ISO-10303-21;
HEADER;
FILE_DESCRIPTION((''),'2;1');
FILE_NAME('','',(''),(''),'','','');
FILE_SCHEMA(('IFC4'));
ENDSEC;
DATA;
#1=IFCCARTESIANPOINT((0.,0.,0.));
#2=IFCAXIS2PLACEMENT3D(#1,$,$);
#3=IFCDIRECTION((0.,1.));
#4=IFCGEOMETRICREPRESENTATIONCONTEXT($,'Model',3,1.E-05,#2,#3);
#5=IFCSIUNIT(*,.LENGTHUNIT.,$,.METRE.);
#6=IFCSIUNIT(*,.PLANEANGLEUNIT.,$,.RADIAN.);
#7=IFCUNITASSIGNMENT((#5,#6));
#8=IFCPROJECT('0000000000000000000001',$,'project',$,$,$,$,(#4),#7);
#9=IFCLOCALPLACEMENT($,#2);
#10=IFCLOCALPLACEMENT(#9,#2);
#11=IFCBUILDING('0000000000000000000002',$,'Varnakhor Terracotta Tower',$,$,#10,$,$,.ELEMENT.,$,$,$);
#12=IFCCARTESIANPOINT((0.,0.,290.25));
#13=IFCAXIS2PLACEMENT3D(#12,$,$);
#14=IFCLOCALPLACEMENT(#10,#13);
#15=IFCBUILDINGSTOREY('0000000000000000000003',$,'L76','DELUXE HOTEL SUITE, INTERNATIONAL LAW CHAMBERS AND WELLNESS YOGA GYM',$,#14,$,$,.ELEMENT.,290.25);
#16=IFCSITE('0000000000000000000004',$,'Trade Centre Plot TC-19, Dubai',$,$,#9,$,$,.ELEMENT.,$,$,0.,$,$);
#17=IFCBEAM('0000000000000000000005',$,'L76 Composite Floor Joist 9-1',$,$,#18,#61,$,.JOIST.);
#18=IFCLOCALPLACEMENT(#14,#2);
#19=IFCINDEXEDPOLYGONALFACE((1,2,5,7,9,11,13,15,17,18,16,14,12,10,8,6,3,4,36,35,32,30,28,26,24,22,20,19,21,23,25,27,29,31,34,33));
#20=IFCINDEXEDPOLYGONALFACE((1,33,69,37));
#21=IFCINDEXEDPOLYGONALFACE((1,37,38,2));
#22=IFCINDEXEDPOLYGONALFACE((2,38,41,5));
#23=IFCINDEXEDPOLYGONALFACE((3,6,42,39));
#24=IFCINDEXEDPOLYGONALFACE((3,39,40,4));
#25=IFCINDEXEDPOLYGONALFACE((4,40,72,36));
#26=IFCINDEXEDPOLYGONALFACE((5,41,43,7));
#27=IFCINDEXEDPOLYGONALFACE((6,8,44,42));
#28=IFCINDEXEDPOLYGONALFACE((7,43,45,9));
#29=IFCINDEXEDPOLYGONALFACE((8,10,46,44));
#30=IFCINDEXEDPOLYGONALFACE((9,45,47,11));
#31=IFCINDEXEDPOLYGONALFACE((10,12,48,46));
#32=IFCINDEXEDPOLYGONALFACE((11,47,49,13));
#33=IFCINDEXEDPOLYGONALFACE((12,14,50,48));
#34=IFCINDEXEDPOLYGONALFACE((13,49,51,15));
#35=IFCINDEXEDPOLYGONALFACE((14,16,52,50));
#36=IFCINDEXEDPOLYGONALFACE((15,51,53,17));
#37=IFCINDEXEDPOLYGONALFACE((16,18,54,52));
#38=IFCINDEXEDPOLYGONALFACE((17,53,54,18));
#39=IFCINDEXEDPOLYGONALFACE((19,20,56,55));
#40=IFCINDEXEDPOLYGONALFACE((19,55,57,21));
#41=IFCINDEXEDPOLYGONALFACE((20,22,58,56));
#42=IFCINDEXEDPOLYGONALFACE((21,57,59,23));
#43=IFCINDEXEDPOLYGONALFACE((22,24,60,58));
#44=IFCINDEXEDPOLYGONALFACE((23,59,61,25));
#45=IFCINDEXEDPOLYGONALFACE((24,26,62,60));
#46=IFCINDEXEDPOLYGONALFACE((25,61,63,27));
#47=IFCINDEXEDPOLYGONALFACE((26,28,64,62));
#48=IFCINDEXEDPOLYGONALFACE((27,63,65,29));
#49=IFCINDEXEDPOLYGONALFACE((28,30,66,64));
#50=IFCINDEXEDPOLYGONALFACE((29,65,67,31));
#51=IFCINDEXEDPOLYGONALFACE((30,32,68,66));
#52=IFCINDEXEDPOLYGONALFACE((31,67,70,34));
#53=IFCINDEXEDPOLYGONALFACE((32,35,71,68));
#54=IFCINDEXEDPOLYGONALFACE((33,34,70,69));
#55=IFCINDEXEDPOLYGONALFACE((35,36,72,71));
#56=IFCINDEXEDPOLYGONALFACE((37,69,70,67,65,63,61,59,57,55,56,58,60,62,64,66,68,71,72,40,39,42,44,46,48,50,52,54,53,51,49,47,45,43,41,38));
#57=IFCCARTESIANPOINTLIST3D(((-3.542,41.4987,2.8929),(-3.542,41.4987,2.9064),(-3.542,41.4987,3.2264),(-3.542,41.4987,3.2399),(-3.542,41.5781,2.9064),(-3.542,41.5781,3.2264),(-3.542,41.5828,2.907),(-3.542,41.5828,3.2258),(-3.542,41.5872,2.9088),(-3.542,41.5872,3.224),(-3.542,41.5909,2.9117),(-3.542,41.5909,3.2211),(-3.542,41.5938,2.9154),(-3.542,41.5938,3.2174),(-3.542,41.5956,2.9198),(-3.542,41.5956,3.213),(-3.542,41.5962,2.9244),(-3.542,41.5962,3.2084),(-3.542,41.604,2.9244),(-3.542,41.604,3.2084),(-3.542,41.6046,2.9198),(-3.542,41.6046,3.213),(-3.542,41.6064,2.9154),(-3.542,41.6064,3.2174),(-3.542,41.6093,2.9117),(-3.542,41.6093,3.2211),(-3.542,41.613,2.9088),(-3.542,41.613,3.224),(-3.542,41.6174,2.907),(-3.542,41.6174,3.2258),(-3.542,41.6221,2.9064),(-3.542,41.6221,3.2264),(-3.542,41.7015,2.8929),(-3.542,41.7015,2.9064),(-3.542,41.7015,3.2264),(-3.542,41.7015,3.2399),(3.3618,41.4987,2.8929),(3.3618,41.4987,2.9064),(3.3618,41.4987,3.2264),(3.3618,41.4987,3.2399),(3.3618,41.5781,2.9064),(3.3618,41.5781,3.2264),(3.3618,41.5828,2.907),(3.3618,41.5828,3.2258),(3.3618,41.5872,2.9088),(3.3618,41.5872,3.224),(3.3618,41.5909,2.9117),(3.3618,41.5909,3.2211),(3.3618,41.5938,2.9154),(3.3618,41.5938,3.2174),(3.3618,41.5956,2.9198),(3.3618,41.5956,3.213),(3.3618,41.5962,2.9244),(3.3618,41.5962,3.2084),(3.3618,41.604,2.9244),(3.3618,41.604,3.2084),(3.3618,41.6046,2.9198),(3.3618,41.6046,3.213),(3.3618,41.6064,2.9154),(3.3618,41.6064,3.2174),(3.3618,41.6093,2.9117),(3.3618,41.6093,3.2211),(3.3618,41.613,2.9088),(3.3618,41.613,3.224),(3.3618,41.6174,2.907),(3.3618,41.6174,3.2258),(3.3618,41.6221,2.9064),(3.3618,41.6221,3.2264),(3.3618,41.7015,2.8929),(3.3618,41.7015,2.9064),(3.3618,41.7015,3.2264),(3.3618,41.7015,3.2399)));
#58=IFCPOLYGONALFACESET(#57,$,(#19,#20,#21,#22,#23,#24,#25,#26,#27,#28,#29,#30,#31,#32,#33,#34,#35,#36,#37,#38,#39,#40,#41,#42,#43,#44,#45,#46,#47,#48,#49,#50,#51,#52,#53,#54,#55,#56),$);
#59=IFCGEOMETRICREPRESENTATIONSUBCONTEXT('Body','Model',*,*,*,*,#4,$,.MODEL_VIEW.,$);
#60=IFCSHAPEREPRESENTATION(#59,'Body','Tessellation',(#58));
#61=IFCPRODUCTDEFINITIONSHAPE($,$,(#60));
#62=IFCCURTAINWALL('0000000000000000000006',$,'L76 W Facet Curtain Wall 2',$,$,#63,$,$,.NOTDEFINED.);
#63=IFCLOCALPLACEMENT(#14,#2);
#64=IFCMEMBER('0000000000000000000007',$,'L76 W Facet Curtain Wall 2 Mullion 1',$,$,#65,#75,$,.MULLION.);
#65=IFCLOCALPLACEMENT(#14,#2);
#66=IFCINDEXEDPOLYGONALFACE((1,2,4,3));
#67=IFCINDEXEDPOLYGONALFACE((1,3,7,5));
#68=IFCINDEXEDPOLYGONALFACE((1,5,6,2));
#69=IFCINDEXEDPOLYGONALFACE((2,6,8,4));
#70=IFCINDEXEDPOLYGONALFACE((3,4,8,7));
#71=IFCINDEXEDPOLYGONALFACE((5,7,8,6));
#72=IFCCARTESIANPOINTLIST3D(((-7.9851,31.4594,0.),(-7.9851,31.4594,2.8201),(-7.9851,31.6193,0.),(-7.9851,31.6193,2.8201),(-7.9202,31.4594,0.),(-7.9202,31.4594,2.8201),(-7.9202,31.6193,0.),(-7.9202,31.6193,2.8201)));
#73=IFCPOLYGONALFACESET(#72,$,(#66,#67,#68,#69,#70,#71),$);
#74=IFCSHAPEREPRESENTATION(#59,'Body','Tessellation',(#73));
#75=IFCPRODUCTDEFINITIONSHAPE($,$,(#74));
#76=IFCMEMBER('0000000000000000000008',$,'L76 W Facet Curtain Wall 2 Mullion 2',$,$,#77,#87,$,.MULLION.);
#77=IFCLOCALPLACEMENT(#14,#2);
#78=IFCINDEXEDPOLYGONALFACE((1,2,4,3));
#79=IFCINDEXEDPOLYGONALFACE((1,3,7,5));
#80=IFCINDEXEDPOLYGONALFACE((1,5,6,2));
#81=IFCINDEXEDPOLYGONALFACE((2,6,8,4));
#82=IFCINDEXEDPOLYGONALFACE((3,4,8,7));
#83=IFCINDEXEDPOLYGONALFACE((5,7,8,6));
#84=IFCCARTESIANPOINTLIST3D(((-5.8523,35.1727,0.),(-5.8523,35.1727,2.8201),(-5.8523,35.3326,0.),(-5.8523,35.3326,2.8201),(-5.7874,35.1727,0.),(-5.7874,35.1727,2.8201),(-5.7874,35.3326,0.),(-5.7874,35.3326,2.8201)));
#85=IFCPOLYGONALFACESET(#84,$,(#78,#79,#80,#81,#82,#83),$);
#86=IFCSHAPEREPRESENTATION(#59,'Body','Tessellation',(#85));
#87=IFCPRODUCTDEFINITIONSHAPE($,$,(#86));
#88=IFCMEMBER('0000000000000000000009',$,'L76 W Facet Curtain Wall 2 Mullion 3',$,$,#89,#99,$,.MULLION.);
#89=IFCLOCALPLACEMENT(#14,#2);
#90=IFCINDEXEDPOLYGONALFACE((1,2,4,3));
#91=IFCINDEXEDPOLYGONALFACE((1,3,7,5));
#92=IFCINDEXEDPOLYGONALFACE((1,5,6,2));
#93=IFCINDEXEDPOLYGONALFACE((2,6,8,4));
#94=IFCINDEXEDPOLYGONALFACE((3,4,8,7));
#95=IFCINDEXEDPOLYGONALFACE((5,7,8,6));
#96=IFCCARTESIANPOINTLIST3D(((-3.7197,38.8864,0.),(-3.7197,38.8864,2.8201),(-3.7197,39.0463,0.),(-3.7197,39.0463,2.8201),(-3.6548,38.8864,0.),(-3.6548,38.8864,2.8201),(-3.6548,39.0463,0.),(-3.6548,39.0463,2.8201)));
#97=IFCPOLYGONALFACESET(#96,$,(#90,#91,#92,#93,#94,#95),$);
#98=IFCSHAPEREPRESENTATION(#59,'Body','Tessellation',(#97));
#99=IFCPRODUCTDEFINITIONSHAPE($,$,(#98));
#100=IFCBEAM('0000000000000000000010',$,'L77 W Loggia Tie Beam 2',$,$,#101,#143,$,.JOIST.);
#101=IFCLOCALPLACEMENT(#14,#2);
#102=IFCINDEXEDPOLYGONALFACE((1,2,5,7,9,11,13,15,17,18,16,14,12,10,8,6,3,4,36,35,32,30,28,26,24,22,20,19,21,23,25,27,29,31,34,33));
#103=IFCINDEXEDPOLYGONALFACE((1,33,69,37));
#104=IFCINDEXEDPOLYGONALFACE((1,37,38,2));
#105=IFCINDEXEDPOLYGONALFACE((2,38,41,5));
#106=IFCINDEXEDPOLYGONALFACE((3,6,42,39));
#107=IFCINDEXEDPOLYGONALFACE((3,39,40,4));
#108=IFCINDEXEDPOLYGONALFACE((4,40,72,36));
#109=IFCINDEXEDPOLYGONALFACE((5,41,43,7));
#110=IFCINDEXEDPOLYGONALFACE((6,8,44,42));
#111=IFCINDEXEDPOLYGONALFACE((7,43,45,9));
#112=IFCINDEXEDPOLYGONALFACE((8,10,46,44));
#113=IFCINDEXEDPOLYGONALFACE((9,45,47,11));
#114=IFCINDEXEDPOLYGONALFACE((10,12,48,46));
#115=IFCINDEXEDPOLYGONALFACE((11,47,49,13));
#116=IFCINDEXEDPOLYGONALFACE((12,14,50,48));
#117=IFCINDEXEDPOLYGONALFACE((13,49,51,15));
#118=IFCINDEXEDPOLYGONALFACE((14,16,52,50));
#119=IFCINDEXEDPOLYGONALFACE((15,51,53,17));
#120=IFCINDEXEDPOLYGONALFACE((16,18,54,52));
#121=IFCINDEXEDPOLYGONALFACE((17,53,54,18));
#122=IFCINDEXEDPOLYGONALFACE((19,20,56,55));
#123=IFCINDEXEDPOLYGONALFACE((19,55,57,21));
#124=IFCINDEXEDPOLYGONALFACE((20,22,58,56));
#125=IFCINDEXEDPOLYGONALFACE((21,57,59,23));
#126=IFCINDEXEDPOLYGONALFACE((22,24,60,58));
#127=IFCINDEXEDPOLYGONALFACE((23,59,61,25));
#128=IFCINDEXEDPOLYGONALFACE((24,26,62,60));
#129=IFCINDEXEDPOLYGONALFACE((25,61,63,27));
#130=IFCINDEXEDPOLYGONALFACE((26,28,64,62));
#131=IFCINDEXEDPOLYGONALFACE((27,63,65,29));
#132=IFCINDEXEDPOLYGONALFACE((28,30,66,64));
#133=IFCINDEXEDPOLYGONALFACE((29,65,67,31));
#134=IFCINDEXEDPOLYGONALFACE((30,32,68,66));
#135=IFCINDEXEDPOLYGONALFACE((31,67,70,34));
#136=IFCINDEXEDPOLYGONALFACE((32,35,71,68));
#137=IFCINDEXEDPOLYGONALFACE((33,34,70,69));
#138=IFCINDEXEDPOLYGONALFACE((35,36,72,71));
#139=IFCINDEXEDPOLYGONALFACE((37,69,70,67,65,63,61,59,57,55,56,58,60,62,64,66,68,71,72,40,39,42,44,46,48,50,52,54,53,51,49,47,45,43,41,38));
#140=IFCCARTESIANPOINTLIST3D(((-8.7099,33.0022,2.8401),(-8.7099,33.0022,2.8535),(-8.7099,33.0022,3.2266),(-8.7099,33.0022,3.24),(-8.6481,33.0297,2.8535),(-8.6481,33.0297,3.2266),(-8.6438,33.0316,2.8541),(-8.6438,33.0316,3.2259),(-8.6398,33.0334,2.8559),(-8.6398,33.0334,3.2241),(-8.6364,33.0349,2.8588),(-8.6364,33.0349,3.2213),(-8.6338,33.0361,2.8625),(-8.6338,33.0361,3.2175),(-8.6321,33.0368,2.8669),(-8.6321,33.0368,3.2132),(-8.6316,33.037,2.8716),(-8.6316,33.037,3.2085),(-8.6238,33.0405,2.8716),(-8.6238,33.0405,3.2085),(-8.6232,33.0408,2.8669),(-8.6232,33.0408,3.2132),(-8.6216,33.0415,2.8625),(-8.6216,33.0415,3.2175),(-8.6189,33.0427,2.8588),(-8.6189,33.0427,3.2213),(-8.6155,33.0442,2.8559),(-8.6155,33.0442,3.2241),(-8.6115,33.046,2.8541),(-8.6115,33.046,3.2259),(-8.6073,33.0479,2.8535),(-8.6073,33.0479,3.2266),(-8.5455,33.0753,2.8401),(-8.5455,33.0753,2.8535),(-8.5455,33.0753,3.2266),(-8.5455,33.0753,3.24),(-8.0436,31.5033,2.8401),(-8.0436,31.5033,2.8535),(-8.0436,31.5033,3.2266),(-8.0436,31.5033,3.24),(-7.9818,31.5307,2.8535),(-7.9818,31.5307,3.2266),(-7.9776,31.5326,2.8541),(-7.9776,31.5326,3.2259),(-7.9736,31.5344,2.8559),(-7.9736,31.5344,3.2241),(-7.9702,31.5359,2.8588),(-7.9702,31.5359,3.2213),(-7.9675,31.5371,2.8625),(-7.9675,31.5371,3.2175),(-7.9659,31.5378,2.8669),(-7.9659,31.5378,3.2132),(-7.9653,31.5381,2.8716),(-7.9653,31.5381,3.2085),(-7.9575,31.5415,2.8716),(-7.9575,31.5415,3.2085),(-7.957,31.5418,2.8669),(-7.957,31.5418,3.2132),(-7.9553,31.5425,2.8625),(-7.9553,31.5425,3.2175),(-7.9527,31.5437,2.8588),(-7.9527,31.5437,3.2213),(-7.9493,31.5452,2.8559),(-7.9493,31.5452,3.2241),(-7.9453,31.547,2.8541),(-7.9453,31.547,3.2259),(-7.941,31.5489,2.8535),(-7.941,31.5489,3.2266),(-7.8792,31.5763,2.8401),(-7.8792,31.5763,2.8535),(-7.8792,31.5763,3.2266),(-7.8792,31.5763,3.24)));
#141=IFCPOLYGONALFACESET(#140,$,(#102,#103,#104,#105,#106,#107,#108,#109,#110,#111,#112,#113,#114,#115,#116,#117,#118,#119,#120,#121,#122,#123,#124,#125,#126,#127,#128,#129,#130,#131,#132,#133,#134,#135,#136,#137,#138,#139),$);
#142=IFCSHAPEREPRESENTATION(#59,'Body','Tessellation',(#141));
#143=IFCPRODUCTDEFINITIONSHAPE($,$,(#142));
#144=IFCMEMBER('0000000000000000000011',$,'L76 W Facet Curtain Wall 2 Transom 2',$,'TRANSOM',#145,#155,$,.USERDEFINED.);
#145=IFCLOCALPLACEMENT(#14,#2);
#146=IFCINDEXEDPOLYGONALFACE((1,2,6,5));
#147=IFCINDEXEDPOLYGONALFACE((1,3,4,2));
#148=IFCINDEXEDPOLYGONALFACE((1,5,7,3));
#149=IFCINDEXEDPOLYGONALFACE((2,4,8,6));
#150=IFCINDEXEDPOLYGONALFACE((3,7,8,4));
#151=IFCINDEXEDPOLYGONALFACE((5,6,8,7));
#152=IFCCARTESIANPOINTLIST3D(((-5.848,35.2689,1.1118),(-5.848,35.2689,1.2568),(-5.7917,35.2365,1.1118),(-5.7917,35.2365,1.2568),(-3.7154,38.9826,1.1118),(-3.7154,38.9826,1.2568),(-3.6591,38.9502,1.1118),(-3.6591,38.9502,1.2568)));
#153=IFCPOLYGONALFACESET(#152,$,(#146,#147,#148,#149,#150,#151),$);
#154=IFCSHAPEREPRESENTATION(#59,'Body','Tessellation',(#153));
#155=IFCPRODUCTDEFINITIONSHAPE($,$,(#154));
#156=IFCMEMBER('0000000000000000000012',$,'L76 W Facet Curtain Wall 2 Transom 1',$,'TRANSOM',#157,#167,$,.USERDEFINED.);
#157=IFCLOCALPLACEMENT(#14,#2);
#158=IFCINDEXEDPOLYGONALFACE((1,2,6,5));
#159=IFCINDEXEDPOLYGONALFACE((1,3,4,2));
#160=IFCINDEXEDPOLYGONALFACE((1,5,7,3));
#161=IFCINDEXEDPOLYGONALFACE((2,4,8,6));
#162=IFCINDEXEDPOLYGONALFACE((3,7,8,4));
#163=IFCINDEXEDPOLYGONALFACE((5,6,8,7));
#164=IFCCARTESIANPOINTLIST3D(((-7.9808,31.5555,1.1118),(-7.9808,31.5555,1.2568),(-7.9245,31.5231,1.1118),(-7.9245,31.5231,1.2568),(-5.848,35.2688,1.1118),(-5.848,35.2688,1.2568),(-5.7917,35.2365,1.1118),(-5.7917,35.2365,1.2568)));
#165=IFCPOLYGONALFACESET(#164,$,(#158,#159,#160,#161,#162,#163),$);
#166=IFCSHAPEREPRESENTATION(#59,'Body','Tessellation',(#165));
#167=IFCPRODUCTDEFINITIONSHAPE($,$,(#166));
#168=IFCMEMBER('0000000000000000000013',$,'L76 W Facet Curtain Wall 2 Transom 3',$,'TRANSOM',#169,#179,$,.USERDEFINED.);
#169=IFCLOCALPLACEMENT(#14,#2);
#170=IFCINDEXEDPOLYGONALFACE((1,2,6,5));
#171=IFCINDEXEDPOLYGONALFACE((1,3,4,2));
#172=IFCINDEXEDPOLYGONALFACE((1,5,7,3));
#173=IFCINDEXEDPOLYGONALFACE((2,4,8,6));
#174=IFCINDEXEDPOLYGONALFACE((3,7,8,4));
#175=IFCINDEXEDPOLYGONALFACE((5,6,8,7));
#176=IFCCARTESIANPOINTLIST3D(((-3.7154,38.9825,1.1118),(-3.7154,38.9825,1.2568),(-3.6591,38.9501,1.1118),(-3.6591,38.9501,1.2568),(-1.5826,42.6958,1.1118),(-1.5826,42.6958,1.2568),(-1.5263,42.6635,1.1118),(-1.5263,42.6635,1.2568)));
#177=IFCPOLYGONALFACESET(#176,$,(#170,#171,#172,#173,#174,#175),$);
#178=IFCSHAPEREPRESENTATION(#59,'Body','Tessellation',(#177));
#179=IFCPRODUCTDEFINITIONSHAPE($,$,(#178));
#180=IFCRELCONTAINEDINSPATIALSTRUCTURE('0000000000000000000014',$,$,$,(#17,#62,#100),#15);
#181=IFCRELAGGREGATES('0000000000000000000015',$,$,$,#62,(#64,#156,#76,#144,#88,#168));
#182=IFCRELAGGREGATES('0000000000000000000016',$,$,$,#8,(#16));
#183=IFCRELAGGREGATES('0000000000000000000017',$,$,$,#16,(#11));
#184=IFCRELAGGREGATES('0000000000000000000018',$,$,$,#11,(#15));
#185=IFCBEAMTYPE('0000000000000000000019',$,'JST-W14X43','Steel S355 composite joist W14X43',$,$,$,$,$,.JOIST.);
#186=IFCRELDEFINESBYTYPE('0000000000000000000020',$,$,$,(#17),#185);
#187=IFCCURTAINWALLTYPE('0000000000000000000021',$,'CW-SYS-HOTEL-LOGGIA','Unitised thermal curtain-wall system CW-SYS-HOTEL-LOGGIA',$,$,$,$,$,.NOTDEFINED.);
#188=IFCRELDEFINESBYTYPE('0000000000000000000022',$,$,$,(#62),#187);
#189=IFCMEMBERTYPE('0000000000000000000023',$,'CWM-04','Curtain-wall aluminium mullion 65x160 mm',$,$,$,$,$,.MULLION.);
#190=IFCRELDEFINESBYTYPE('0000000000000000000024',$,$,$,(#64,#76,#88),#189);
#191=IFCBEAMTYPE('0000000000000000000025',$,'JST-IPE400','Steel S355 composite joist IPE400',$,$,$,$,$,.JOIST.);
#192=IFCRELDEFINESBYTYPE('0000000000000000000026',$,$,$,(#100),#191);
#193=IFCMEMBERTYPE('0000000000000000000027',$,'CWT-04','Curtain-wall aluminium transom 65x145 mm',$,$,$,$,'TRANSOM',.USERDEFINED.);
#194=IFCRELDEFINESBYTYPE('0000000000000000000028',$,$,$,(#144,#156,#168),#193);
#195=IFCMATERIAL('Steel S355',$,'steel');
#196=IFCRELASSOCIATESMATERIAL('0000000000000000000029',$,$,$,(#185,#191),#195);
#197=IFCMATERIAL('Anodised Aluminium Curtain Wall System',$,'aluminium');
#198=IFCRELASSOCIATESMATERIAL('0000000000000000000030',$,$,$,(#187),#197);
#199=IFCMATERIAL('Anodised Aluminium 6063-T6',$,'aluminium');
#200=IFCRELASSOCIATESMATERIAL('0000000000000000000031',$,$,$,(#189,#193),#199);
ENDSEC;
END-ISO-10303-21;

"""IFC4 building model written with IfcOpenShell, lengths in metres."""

from ifc_helpers import new_model, si_unit, direction, frame, origin, origin_2d, place, context, subcontext, project, spatial, rectangle, i_section, extrude, source, transform, mapped, material, material_profile, profile_set, type_object, type_shapes, element, aggregate, save


model = new_model("IFC4")

# Units and contexts
model_context = context("Model", 3, precision=1e-05, world=origin(), true_north=direction((0.0, 1.0)))
body_context = subcontext(model_context, "Body", "Model", "MODEL_VIEW")
ifc_project = project(units=[si_unit("LENGTHUNIT", "METRE"), si_unit("PLANEANGLEUNIT", "RADIAN")], contexts=[model_context])

# Site, building, storey
site_placement = place(None, origin())
site = spatial("IfcSite", under=ifc_project, at=site_placement, Name="Trade Centre Plot TC-19, Dubai", CompositionType="ELEMENT", RefElevation=0.0)
building_placement = place(site_placement, origin())
building = spatial("IfcBuilding", under=site, at=building_placement, Name="Varnakhor Terracotta Tower", CompositionType="ELEMENT")
storey_placement = place(building_placement, frame((0.0, 0.0, 290.25)))
storey = spatial("IfcBuildingStorey", under=building, at=storey_placement, Name="L76", Description="DELUXE HOTEL SUITE, INTERNATIONAL LAW CHAMBERS AND WELLNESS YOGA GYM", CompositionType="ELEMENT", Elevation=290.25)

# Beam
ifc_material_1 = material(Name="Steel S355", Category="steel")
ifc_material_profile_1 = material_profile(ifc_material_1, i_section(OverallWidth=0.2029, OverallDepth=0.3469, WebThickness=0.0078, FlangeThickness=0.0134, FilletRadius=0.0181, at=origin_2d()), Name="W14X43")
ifc_profile_set_1 = profile_set([ifc_material_profile_1], Name="Steel S355")
beam_type_1 = type_object("IfcBeamType", Name="JST-W14X43", Description="Steel S355 composite joist W14X43", PredefinedType="JOIST", material=ifc_profile_set_1)
ifc_material_profile_2 = material_profile(ifc_material_1, i_section(OverallWidth=0.1799, OverallDepth=0.3999, WebThickness=0.0085, FlangeThickness=0.0134, FilletRadius=0.0181, at=origin_2d()), Name="IPE400")
ifc_profile_set_2 = profile_set([ifc_material_profile_2], Name="Steel S355")
beam_type_2 = type_object("IfcBeamType", Name="JST-IPE400", Description="Steel S355 composite joist IPE400", PredefinedType="JOIST", material=ifc_profile_set_2)
shared_shape_1 = source(origin(), body_context, "Body", "SweptSolid", [
    extrude(i_section(OverallWidth=0.2029, OverallDepth=0.3469, WebThickness=0.0078, FlangeThickness=0.0134, FilletRadius=0.0181, at=origin_2d()), origin(), (0.0, 0.0, 1.0), 6.9038),
])
beam_1_placement = place(storey_placement, frame((-3.542, 41.6001, 3.0664), z_axis=(1.0, 0.0, 0.0), x_axis=(0.0, 1.0, 0.0)))
element("IfcBeam", 1, at=beam_1_placement, inside=storey, type_object=beam_type_1, Name="L76 Composite Floor Joist 9-1", PredefinedType="JOIST", context=body_context, shape_type="MappedRepresentation", body=[
    mapped(shared_shape_1, transform((0.0, 0.0, 0.0), scale=1.0)),
])

# Curtain wall, members
ifc_material_2 = material(Name="Anodised Aluminium Curtain Wall System", Category="aluminium")
curtain_wall_type = type_object("IfcCurtainWallType", Name="CW-SYS-HOTEL-LOGGIA", Description="Unitised thermal curtain-wall system CW-SYS-HOTEL-LOGGIA", PredefinedType="NOTDEFINED", material=ifc_material_2)
curtain_wall_placement = place(storey_placement, origin())
curtain_wall = element("IfcCurtainWall", 2, at=curtain_wall_placement, inside=storey, type_object=curtain_wall_type, Name="L76 W Facet Curtain Wall 2", PredefinedType="NOTDEFINED")
ifc_material_3 = material(Name="Anodised Aluminium 6063-T6", Category="aluminium")
ifc_material_profile_3 = material_profile(ifc_material_3, rectangle(XDim=0.0649, YDim=0.1599, at=origin_2d()), Name="ALU MULLION 65x160")
ifc_profile_set_3 = profile_set([ifc_material_profile_3], Name="Anodised Aluminium 6063-T6")
member_type_1 = type_object("IfcMemberType", Name="CWM-04", Description="Curtain-wall aluminium mullion 65x160 mm", PredefinedType="MULLION", material=ifc_profile_set_3)
shared_shape_2 = source(origin(), body_context, "Body", "SweptSolid", [
    extrude(rectangle(XDim=0.0649, YDim=0.1599, at=origin_2d()), origin(), (0.0, 0.0, 1.0), 2.8201),
])
type_shapes(member_type_1, [shared_shape_2])
member_1_placement = place(storey_placement, frame((-7.9526, 31.5393, 0.0), z_axis=(0.0, 0.0, 1.0), x_axis=(1.0, 0.0, 0.0)))
member_1 = element("IfcMember", 3, at=member_1_placement, type_object=member_type_1, Name="L76 W Facet Curtain Wall 2 Mullion 1", PredefinedType="MULLION", context=body_context, shape_type="MappedRepresentation", body=[
    mapped(shared_shape_2, transform((0.0, 0.0, 0.0), scale=1.0)),
])
member_2_placement = place(storey_placement, frame((-5.8198, 35.2527, 0.0), z_axis=(0.0, 0.0, 1.0), x_axis=(1.0, 0.0, 0.0)))
member_2 = element("IfcMember", 4, at=member_2_placement, type_object=member_type_1, Name="L76 W Facet Curtain Wall 2 Mullion 2", PredefinedType="MULLION", context=body_context, shape_type="MappedRepresentation", body=[
    mapped(shared_shape_2, transform((0.0, 0.0, 0.0), scale=1.0)),
])
member_3_placement = place(storey_placement, frame((-3.6873, 38.9663, 0.0), z_axis=(0.0, 0.0, 1.0), x_axis=(1.0, 0.0, 0.0)))
member_3 = element("IfcMember", 5, at=member_3_placement, type_object=member_type_1, Name="L76 W Facet Curtain Wall 2 Mullion 3", PredefinedType="MULLION", context=body_context, shape_type="MappedRepresentation", body=[
    mapped(shared_shape_2, transform((0.0, 0.0, 0.0), scale=1.0)),
])

# Beam
shared_shape_3 = source(origin(), body_context, "Body", "SweptSolid", [
    extrude(i_section(OverallWidth=0.1799, OverallDepth=0.3999, WebThickness=0.0085, FlangeThickness=0.0134, FilletRadius=0.0181, at=origin_2d()), origin(), (0.0, 0.0, 1.0), 1.6404),
])
beam_2_placement = place(storey_placement, frame((-7.9614, 31.5398, 3.04), z_axis=(-0.406152, 0.913805, 0.0), x_axis=(-0.913805, -0.406152, 0.0)))
element("IfcBeam", 6, at=beam_2_placement, inside=storey, type_object=beam_type_2, Name="L77 W Loggia Tie Beam 2", PredefinedType="JOIST", context=body_context, shape_type="MappedRepresentation", body=[
    mapped(shared_shape_3, transform((0.0, 0.0, 0.0), scale=1.0)),
])

# Members
ifc_material_profile_4 = material_profile(ifc_material_3, rectangle(XDim=0.0649, YDim=0.145, at=origin_2d()), Name="ALU TRANSOM 65x145")
ifc_profile_set_4 = profile_set([ifc_material_profile_4], Name="Anodised Aluminium 6063-T6")
member_type_2 = type_object("IfcMemberType", Name="CWT-04", Description="Curtain-wall aluminium transom 65x145 mm", ElementType="TRANSOM", PredefinedType="USERDEFINED", material=ifc_profile_set_4)
shared_shape_4 = source(origin(), body_context, "Body", "SweptSolid", [
    extrude(rectangle(XDim=0.0649, YDim=0.145, at=origin_2d()), origin(), (0.0, 0.0, 1.0), 4.2825),
])
member_4_placement = place(storey_placement, frame((-5.8198, 35.2527, 1.1843), z_axis=(0.497986, 0.867185, 0.0), x_axis=(-0.867185, 0.497986, 0.0)))
member_4 = element("IfcMember", 7, at=member_4_placement, type_object=member_type_2, Name="L76 W Facet Curtain Wall 2 Transom 2", ObjectType="TRANSOM", PredefinedType="USERDEFINED", context=body_context, shape_type="MappedRepresentation", body=[
    mapped(shared_shape_4, transform((0.0, 0.0, 0.0), scale=1.0)),
])
shared_shape_5 = source(origin(), body_context, "Body", "SweptSolid", [
    extrude(rectangle(XDim=0.0649, YDim=0.145, at=origin_2d()), origin(), (0.0, 0.0, 1.0), 4.2822),
])
member_5_placement = place(storey_placement, frame((-7.9526, 31.5393, 1.1843), z_axis=(0.498053, 0.867146, 0.0), x_axis=(-0.867146, 0.498053, 0.0)))
member_5 = element("IfcMember", 8, at=member_5_placement, type_object=member_type_2, Name="L76 W Facet Curtain Wall 2 Transom 1", ObjectType="TRANSOM", PredefinedType="USERDEFINED", context=body_context, shape_type="MappedRepresentation", body=[
    mapped(shared_shape_5, transform((0.0, 0.0, 0.0), scale=1.0)),
])
member_6_placement = place(storey_placement, frame((-3.6873, 38.9663, 1.1843), z_axis=(0.498053, 0.867146, 0.0), x_axis=(-0.867146, 0.498053, 0.0)))
member_6 = element("IfcMember", 9, at=member_6_placement, type_object=member_type_2, Name="L76 W Facet Curtain Wall 2 Transom 3", ObjectType="TRANSOM", PredefinedType="USERDEFINED", context=body_context, shape_type="MappedRepresentation", body=[
    mapped(shared_shape_5, transform((0.0, 0.0, 0.0), scale=1.0)),
])

aggregate(curtain_wall, [member_1, member_5, member_2, member_4, member_3, member_6])

save(model, "model.ifc")
